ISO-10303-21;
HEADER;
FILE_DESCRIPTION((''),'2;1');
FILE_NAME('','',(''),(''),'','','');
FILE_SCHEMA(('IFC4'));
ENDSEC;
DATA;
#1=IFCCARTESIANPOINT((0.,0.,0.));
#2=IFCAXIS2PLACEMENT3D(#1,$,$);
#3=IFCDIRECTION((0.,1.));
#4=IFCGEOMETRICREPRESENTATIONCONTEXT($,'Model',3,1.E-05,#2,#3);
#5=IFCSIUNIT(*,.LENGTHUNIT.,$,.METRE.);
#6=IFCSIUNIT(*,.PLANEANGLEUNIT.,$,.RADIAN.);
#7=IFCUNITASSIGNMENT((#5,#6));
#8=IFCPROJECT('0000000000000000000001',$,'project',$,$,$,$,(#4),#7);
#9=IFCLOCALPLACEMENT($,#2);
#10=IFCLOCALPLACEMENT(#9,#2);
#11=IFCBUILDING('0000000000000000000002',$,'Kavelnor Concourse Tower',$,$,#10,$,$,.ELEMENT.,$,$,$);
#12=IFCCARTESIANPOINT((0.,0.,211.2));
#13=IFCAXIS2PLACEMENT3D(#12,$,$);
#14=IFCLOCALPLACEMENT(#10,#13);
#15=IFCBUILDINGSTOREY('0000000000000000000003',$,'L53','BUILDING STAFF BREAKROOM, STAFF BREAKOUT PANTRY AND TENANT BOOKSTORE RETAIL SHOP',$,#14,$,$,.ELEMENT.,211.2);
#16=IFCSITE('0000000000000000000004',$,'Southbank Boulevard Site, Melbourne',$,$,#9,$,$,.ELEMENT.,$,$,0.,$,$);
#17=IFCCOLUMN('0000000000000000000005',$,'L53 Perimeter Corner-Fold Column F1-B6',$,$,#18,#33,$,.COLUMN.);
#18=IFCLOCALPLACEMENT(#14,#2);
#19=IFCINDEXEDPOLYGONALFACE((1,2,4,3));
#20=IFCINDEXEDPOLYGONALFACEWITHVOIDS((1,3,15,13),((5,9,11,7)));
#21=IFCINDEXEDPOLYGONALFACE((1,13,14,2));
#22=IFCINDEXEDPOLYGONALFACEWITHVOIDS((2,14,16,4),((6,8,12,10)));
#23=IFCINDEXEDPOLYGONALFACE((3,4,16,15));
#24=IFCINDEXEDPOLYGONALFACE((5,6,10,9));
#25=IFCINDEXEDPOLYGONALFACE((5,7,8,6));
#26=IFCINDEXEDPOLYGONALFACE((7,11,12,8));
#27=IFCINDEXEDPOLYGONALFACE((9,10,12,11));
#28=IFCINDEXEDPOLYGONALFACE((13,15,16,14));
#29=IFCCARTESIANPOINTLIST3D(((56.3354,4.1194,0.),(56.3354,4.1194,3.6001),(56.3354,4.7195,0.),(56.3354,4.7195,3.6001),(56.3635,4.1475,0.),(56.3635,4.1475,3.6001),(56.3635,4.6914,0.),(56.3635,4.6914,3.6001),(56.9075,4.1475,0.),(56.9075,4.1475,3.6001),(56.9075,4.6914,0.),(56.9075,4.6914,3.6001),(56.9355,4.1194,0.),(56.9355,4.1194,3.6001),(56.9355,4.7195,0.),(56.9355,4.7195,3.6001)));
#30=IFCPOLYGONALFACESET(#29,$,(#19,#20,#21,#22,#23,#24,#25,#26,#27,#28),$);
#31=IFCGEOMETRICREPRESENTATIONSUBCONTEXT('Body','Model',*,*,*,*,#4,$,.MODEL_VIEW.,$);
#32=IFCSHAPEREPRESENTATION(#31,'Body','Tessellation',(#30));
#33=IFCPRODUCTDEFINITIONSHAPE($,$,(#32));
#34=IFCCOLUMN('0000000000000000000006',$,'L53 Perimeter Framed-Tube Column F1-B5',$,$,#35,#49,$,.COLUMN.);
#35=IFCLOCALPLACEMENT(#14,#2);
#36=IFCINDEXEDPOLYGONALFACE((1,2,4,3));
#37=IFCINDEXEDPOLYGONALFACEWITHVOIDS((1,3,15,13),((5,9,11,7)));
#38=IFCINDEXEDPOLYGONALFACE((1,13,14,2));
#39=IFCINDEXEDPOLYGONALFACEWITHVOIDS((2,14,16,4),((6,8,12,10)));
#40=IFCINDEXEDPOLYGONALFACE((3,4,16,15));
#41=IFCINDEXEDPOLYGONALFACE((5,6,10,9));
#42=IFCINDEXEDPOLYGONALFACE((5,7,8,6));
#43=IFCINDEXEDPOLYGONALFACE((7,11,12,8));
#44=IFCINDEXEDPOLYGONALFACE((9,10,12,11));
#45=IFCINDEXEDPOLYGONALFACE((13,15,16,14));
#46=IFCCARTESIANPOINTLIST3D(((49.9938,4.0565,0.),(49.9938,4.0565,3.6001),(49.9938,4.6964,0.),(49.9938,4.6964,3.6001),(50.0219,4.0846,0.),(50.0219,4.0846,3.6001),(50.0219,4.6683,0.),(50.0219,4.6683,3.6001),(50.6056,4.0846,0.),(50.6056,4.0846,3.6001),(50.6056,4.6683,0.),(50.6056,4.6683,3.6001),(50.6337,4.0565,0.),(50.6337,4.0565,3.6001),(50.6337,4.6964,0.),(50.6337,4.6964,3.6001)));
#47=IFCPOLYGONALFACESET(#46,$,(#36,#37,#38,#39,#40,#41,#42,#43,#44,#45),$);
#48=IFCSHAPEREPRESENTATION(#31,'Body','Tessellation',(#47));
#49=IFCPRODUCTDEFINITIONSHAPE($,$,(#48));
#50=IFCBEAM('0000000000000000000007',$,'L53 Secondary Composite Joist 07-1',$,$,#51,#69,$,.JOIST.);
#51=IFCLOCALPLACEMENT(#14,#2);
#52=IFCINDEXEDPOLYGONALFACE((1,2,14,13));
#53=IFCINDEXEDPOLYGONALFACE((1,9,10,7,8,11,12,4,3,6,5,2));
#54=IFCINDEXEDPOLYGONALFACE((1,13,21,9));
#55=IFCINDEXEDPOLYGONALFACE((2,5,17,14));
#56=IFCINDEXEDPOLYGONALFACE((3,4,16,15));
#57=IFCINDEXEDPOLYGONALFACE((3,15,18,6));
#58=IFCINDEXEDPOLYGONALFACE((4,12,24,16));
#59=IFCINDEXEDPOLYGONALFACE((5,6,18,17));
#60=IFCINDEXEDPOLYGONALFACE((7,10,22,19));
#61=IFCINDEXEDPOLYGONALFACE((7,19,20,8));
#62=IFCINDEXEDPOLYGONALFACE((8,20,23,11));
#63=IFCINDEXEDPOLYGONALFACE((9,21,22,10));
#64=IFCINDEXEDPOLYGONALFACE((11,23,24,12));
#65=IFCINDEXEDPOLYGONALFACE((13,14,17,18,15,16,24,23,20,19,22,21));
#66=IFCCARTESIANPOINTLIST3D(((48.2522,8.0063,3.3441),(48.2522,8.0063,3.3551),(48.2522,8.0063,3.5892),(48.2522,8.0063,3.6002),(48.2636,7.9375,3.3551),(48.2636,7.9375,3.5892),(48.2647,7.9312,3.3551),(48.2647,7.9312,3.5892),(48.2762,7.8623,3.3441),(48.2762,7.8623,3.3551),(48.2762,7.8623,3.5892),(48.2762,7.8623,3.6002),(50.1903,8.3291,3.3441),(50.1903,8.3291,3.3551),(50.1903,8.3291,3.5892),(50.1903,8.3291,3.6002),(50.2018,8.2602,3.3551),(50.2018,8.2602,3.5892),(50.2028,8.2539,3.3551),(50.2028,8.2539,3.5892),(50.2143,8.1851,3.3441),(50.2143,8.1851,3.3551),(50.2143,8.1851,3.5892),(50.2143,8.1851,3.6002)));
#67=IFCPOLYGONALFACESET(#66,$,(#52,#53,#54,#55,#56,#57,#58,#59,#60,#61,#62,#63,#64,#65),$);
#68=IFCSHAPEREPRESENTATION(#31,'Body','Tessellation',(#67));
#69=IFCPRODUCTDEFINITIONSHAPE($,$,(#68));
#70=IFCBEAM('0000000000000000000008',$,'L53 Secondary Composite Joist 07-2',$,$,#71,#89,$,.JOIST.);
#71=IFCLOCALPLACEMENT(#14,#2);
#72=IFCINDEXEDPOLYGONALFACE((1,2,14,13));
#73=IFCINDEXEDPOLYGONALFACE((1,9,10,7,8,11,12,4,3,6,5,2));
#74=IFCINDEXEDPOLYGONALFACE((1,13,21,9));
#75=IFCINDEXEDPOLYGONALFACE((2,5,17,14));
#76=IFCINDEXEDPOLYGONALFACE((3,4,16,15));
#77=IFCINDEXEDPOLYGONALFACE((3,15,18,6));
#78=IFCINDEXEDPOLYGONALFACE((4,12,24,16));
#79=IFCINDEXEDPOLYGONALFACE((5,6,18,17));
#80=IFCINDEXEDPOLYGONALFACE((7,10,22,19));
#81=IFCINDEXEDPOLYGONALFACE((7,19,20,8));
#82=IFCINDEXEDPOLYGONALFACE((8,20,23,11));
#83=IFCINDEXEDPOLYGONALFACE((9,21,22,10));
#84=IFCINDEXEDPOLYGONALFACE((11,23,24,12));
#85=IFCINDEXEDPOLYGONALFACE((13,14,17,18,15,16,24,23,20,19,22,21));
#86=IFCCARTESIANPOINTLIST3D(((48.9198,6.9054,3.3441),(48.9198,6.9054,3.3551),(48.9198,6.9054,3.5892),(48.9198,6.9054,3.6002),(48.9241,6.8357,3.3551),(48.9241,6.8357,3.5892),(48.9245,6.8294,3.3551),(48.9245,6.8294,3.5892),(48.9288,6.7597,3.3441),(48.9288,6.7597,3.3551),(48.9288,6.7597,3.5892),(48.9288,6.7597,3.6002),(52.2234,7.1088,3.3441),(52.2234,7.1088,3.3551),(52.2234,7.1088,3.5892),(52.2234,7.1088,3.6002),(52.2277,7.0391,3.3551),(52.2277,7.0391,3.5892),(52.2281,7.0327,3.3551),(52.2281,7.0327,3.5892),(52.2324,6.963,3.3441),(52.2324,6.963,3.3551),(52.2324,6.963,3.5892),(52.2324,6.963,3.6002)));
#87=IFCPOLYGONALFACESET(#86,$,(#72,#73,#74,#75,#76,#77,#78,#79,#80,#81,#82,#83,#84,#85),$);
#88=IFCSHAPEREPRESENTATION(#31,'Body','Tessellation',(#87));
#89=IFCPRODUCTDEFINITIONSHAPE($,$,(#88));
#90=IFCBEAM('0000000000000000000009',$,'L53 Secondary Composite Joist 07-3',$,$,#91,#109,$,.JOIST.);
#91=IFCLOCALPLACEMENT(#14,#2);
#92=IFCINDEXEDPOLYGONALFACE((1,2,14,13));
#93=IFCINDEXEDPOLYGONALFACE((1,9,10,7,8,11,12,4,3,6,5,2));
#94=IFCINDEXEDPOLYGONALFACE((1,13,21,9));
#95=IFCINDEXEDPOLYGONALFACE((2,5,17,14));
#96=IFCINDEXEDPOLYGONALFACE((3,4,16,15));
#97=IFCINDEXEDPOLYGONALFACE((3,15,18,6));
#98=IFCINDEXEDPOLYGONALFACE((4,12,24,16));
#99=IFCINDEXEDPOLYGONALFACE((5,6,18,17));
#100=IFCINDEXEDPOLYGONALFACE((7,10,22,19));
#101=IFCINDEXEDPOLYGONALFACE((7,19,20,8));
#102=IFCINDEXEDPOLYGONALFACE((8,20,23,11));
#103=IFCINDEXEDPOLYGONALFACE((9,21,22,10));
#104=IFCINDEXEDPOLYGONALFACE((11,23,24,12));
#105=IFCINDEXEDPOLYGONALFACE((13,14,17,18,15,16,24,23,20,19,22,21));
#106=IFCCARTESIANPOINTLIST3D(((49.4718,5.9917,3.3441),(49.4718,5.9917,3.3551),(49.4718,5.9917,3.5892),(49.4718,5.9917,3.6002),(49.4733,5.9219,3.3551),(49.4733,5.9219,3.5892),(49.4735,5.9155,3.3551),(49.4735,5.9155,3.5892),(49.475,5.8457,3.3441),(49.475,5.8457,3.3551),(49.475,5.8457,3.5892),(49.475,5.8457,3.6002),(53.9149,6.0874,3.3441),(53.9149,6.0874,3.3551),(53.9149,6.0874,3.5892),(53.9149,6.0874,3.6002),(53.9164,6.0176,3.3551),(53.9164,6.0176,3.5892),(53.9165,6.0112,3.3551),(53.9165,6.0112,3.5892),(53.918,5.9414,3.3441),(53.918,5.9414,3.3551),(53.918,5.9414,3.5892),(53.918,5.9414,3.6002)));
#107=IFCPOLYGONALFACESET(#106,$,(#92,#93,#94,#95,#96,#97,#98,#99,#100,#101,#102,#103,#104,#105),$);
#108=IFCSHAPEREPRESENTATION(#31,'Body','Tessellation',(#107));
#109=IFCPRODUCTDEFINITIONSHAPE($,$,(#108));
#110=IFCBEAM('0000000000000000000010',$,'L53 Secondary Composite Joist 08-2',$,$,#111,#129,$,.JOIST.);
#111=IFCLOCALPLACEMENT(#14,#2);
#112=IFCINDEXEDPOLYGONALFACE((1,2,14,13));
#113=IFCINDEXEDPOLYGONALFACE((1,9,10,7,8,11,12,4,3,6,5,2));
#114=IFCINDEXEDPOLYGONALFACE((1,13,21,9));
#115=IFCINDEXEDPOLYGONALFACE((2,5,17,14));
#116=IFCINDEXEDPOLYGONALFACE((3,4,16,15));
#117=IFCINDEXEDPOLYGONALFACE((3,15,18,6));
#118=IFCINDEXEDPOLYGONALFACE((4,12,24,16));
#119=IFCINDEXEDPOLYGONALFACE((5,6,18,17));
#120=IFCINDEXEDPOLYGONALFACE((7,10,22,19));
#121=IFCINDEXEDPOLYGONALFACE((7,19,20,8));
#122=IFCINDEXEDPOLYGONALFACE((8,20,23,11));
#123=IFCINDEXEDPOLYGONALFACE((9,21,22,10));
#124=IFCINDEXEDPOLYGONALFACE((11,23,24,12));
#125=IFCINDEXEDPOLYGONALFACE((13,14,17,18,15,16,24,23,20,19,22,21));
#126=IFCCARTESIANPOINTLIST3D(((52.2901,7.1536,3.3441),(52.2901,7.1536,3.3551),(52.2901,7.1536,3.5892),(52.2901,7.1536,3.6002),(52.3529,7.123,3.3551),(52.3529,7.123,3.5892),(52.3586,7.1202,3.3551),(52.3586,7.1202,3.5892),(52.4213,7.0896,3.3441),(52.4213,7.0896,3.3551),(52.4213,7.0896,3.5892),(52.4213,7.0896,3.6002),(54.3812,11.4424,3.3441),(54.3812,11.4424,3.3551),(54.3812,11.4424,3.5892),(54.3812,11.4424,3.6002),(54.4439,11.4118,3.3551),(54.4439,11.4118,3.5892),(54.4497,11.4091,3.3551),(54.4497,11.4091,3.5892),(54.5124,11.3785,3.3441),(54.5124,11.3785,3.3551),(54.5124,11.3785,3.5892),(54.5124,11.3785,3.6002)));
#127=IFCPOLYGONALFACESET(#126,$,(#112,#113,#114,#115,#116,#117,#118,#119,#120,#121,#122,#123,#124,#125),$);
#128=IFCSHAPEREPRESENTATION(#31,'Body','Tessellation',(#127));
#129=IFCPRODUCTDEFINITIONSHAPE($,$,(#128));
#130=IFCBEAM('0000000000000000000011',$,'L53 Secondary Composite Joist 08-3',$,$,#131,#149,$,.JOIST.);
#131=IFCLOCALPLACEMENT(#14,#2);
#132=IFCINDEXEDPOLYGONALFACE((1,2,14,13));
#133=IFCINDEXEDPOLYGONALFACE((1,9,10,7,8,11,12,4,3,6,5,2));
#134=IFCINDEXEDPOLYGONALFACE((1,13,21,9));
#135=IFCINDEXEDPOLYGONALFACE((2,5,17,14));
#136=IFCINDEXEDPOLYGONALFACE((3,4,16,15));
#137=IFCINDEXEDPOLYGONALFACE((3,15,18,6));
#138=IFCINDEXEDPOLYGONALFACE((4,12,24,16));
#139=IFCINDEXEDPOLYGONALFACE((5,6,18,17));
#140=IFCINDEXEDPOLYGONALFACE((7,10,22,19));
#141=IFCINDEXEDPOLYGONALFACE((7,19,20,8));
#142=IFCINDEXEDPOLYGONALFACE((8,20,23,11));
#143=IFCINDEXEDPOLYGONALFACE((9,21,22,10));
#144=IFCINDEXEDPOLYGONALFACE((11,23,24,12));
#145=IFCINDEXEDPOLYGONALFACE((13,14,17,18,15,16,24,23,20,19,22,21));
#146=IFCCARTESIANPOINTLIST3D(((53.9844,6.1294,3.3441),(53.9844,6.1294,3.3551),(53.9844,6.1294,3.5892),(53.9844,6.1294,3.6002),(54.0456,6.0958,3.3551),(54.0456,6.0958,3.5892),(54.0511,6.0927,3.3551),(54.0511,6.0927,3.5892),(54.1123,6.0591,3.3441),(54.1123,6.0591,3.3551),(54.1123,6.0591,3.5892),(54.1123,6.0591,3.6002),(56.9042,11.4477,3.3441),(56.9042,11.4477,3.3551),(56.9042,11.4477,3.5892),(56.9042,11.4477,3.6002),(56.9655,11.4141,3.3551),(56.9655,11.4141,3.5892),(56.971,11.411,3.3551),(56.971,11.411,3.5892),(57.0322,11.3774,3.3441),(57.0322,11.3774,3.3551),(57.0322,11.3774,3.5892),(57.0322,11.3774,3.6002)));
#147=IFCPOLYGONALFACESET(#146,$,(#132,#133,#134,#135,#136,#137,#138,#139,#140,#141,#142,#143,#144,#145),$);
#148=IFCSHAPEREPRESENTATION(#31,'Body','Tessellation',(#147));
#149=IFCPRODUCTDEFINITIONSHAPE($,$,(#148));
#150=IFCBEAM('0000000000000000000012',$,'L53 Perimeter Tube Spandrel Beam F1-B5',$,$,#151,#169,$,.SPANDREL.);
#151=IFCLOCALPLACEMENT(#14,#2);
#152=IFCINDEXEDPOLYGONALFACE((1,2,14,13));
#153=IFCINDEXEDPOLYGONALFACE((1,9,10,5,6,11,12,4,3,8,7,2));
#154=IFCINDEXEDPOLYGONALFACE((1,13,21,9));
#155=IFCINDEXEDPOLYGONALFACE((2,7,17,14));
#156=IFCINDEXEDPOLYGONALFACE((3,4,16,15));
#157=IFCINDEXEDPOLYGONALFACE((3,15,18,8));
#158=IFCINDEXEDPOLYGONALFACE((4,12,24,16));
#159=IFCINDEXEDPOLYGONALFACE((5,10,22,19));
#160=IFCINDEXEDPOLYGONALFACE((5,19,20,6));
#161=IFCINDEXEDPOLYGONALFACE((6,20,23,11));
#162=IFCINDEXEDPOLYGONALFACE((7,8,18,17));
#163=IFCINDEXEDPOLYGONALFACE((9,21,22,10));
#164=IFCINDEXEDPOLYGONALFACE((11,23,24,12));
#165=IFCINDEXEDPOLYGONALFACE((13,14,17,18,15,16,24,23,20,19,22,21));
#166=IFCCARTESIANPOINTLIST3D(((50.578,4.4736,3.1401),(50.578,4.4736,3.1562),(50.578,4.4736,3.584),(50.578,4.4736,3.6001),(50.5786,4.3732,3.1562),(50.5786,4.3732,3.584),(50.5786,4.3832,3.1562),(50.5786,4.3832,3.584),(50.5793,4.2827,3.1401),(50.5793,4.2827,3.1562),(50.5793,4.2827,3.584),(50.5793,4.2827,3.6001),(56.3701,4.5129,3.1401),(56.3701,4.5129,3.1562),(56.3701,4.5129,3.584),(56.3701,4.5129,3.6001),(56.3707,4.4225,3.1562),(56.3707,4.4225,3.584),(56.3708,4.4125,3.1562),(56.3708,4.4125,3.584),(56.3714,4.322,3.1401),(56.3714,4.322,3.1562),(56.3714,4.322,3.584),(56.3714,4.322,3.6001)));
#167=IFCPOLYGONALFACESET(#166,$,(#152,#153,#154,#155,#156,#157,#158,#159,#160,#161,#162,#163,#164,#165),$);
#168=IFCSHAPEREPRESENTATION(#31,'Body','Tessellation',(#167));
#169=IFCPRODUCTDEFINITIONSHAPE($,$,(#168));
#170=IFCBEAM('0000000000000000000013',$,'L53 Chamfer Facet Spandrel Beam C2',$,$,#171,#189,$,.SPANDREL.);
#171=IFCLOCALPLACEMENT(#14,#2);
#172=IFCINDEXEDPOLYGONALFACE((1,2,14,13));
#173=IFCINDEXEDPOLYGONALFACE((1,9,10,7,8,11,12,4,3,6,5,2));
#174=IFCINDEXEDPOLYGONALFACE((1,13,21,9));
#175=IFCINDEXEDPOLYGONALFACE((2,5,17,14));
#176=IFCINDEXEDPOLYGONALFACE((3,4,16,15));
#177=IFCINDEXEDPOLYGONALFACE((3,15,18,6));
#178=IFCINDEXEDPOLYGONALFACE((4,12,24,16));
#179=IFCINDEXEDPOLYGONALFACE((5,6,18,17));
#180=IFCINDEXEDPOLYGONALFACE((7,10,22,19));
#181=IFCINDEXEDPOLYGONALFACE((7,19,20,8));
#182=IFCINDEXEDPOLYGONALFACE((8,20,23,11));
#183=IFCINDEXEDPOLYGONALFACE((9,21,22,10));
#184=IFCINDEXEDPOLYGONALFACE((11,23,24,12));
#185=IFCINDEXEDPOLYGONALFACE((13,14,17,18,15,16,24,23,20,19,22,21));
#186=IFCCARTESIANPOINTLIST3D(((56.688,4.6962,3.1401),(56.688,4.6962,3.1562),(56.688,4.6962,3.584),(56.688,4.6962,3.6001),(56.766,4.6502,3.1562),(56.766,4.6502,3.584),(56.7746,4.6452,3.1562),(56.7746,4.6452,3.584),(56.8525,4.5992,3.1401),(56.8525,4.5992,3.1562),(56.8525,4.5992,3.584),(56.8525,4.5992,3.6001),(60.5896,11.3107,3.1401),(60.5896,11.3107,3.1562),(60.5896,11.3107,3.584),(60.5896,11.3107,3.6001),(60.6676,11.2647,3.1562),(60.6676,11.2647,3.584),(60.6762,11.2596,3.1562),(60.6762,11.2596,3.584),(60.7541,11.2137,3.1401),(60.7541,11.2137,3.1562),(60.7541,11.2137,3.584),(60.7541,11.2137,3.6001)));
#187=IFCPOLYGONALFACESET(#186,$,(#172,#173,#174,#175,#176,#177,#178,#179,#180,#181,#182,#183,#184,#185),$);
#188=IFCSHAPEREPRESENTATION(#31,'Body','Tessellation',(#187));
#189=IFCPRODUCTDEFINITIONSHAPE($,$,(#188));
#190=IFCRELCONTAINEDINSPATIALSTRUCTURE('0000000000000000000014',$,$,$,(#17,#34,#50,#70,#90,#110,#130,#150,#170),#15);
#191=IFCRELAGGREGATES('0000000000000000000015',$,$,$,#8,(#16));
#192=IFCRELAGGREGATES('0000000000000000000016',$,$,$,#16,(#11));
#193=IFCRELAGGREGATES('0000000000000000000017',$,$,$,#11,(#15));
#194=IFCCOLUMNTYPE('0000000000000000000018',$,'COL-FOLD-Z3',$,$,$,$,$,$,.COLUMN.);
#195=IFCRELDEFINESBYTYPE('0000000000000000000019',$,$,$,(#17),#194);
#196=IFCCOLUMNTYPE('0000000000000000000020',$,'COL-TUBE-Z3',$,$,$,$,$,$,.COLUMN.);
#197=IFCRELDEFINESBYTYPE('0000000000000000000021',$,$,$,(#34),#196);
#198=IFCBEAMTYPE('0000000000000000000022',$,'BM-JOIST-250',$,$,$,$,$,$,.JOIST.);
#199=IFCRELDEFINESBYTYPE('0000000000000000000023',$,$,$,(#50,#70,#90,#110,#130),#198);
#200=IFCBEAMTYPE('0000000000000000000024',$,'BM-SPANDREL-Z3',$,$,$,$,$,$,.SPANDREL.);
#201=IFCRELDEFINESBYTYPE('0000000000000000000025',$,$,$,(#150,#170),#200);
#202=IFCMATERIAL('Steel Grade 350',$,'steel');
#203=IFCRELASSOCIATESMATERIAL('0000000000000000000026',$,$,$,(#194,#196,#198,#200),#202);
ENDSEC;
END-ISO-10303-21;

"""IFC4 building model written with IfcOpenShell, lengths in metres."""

from ifc_helpers import new_model, si_unit, direction, frame, origin, origin_2d, place, context, subcontext, project, spatial, hollow_rectangle, i_section, extrude, material, material_profile, profile_set, type_object, element, save


model = new_model("IFC4")

# Units and contexts
model_context = context("Model", 3, precision=1e-05, world=origin(), true_north=direction((0.0, 1.0)))
body_context = subcontext(model_context, "Body", "Model", "MODEL_VIEW")
ifc_project = project(units=[si_unit("LENGTHUNIT", "METRE"), si_unit("PLANEANGLEUNIT", "RADIAN")], contexts=[model_context])

# Site, building, storey
site_placement = place(None, origin())
site = spatial("IfcSite", under=ifc_project, at=site_placement, Name="Southbank Boulevard Site, Melbourne", CompositionType="ELEMENT", RefElevation=0.0)
building_placement = place(site_placement, origin())
building = spatial("IfcBuilding", under=site, at=building_placement, Name="Kavelnor Concourse Tower", CompositionType="ELEMENT")
storey_placement = place(building_placement, frame((0.0, 0.0, 211.2)))
storey = spatial("IfcBuildingStorey", under=building, at=storey_placement, Name="L53", Description="BUILDING STAFF BREAKROOM, STAFF BREAKOUT PANTRY AND TENANT BOOKSTORE RETAIL SHOP", CompositionType="ELEMENT", Elevation=211.2)

# Columns
ifc_material_1 = material(Name="Steel Grade 350", Category="steel")
ifc_material_profile_1 = material_profile(ifc_material_1, hollow_rectangle(XDim=0.6001, YDim=0.6001, WallThickness=0.0281, at=origin_2d()), Name="SHS 600x600x28")
ifc_profile_set_1 = profile_set([ifc_material_profile_1], Name="Steel Grade 350")
column_type_1 = type_object("IfcColumnType", Name="COL-FOLD-Z3", PredefinedType="COLUMN", material=ifc_profile_set_1)
column_1_placement = place(storey_placement, frame((56.6355, 4.4194, 0.0), z_axis=(0.0, 0.0, 1.0), x_axis=(1.0, 0.0, 0.0)))
element("IfcColumn", 1, at=column_1_placement, inside=storey, type_object=column_type_1, Name="L53 Perimeter Corner-Fold Column F1-B6", PredefinedType="COLUMN", context=body_context, shape_type="SweptSolid", body=[
    extrude(hollow_rectangle(XDim=0.6001, YDim=0.6001, WallThickness=0.0281, at=origin_2d()), origin(), (0.0, 0.0, 1.0), 3.6001),
])
ifc_material_profile_2 = material_profile(ifc_material_1, hollow_rectangle(XDim=0.6399, YDim=0.6399, WallThickness=0.0281, at=origin_2d()), Name="SHS 640x640x28")
ifc_profile_set_2 = profile_set([ifc_material_profile_2], Name="Steel Grade 350")
column_type_2 = type_object("IfcColumnType", Name="COL-TUBE-Z3", PredefinedType="COLUMN", material=ifc_profile_set_2)
column_2_placement = place(storey_placement, frame((50.3137, 4.3765, 0.0), z_axis=(0.0, 0.0, 1.0), x_axis=(1.0, 0.0, 0.0)))
element("IfcColumn", 2, at=column_2_placement, inside=storey, type_object=column_type_2, Name="L53 Perimeter Framed-Tube Column F1-B5", PredefinedType="COLUMN", context=body_context, shape_type="SweptSolid", body=[
    extrude(hollow_rectangle(XDim=0.6399, YDim=0.6399, WallThickness=0.0281, at=origin_2d()), origin(), (0.0, 0.0, 1.0), 3.6001),
])

# Beams
ifc_material_profile_3 = material_profile(ifc_material_1, i_section(OverallWidth=0.146, OverallDepth=0.2561, WebThickness=0.0063, FlangeThickness=0.011, at=origin_2d()), Name="250UB37")
ifc_profile_set_3 = profile_set([ifc_material_profile_3], Name="Steel Grade 350")
beam_type_1 = type_object("IfcBeamType", Name="BM-JOIST-250", PredefinedType="JOIST", material=ifc_profile_set_3)
beam_1_placement = place(storey_placement, frame((48.2642, 7.9343, 3.4722), z_axis=(0.986417, 0.164258, 0.0), x_axis=(-0.164258, 0.986417, 0.0)))
element("IfcBeam", 3, at=beam_1_placement, inside=storey, type_object=beam_type_1, Name="L53 Secondary Composite Joist 07-1", PredefinedType="JOIST", context=body_context, shape_type="SweptSolid", body=[
    extrude(i_section(OverallWidth=0.146, OverallDepth=0.2561, WebThickness=0.0063, FlangeThickness=0.011, at=origin_2d()), origin(), (0.0, 0.0, 1.0), 1.9648),
])
beam_2_placement = place(storey_placement, frame((48.9243, 6.8325, 3.4722), z_axis=(0.99811, 0.061446, 0.0), x_axis=(-0.061446, 0.99811, 0.0)))
element("IfcBeam", 4, at=beam_2_placement, inside=storey, type_object=beam_type_1, Name="L53 Secondary Composite Joist 07-2", PredefinedType="JOIST", context=body_context, shape_type="SweptSolid", body=[
    extrude(i_section(OverallWidth=0.146, OverallDepth=0.2561, WebThickness=0.0063, FlangeThickness=0.011, at=origin_2d()), origin(), (0.0, 0.0, 1.0), 3.3098),
])
beam_3_placement = place(storey_placement, frame((49.4734, 5.9187, 3.4722), z_axis=(0.999768, 0.021535, 0.0), x_axis=(-0.021535, 0.999768, 0.0)))
element("IfcBeam", 5, at=beam_3_placement, inside=storey, type_object=beam_type_1, Name="L53 Secondary Composite Joist 07-3", PredefinedType="JOIST", context=body_context, shape_type="SweptSolid", body=[
    extrude(i_section(OverallWidth=0.146, OverallDepth=0.2561, WebThickness=0.0063, FlangeThickness=0.011, at=origin_2d()), origin(), (0.0, 0.0, 1.0), 4.4441),
])
beam_4_placement = place(storey_placement, frame((52.3557, 7.1216, 3.4722), z_axis=(0.438247, 0.898854, 0.0), x_axis=(-0.898854, 0.438247, 0.0)))
element("IfcBeam", 6, at=beam_4_placement, inside=storey, type_object=beam_type_1, Name="L53 Secondary Composite Joist 08-2", PredefinedType="JOIST", context=body_context, shape_type="SweptSolid", body=[
    extrude(i_section(OverallWidth=0.146, OverallDepth=0.2561, WebThickness=0.0063, FlangeThickness=0.011, at=origin_2d()), origin(), (0.0, 0.0, 1.0), 4.7715),
])
beam_5_placement = place(storey_placement, frame((54.0483, 6.0942, 3.4722), z_axis=(0.481264, 0.876576, 0.0), x_axis=(-0.876576, 0.481264, 0.0)))
element("IfcBeam", 7, at=beam_5_placement, inside=storey, type_object=beam_type_1, Name="L53 Secondary Composite Joist 08-3", PredefinedType="JOIST", context=body_context, shape_type="SweptSolid", body=[
    extrude(i_section(OverallWidth=0.146, OverallDepth=0.2561, WebThickness=0.0063, FlangeThickness=0.011, at=origin_2d()), origin(), (0.0, 0.0, 1.0), 6.0671),
])
ifc_material_profile_4 = material_profile(ifc_material_1, i_section(OverallWidth=0.1909, OverallDepth=0.46, WebThickness=0.01, FlangeThickness=0.0161, at=origin_2d()), Name="460UB82")
ifc_profile_set_4 = profile_set([ifc_material_profile_4], Name="Steel Grade 350")
beam_type_2 = type_object("IfcBeamType", Name="BM-SPANDREL-Z3", PredefinedType="SPANDREL", material=ifc_profile_set_4)
beam_6_placement = place(storey_placement, frame((50.5786, 4.3782, 3.3701), z_axis=(0.999977, 0.006786, 0.0), x_axis=(-0.006786, 0.999977, 0.0)))
element("IfcBeam", 8, at=beam_6_placement, inside=storey, type_object=beam_type_2, Name="L53 Perimeter Tube Spandrel Beam F1-B5", PredefinedType="SPANDREL", context=body_context, shape_type="SweptSolid", body=[
    extrude(i_section(OverallWidth=0.1909, OverallDepth=0.46, WebThickness=0.01, FlangeThickness=0.0161, at=origin_2d()), origin(), (0.0, 0.0, 1.0), 5.7922),
])
beam_7_placement = place(storey_placement, frame((56.7703, 4.6477, 3.3701), z_axis=(0.508058, 0.861323, 0.0), x_axis=(-0.861323, 0.508058, 0.0)))
element("IfcBeam", 9, at=beam_7_placement, inside=storey, type_object=beam_type_2, Name="L53 Chamfer Facet Spandrel Beam C2", PredefinedType="SPANDREL", context=body_context, shape_type="SweptSolid", body=[
    extrude(i_section(OverallWidth=0.1909, OverallDepth=0.46, WebThickness=0.01, FlangeThickness=0.0161, at=origin_2d()), origin(), (0.0, 0.0, 1.0), 7.6794),
])

save(model, "model.ifc")
